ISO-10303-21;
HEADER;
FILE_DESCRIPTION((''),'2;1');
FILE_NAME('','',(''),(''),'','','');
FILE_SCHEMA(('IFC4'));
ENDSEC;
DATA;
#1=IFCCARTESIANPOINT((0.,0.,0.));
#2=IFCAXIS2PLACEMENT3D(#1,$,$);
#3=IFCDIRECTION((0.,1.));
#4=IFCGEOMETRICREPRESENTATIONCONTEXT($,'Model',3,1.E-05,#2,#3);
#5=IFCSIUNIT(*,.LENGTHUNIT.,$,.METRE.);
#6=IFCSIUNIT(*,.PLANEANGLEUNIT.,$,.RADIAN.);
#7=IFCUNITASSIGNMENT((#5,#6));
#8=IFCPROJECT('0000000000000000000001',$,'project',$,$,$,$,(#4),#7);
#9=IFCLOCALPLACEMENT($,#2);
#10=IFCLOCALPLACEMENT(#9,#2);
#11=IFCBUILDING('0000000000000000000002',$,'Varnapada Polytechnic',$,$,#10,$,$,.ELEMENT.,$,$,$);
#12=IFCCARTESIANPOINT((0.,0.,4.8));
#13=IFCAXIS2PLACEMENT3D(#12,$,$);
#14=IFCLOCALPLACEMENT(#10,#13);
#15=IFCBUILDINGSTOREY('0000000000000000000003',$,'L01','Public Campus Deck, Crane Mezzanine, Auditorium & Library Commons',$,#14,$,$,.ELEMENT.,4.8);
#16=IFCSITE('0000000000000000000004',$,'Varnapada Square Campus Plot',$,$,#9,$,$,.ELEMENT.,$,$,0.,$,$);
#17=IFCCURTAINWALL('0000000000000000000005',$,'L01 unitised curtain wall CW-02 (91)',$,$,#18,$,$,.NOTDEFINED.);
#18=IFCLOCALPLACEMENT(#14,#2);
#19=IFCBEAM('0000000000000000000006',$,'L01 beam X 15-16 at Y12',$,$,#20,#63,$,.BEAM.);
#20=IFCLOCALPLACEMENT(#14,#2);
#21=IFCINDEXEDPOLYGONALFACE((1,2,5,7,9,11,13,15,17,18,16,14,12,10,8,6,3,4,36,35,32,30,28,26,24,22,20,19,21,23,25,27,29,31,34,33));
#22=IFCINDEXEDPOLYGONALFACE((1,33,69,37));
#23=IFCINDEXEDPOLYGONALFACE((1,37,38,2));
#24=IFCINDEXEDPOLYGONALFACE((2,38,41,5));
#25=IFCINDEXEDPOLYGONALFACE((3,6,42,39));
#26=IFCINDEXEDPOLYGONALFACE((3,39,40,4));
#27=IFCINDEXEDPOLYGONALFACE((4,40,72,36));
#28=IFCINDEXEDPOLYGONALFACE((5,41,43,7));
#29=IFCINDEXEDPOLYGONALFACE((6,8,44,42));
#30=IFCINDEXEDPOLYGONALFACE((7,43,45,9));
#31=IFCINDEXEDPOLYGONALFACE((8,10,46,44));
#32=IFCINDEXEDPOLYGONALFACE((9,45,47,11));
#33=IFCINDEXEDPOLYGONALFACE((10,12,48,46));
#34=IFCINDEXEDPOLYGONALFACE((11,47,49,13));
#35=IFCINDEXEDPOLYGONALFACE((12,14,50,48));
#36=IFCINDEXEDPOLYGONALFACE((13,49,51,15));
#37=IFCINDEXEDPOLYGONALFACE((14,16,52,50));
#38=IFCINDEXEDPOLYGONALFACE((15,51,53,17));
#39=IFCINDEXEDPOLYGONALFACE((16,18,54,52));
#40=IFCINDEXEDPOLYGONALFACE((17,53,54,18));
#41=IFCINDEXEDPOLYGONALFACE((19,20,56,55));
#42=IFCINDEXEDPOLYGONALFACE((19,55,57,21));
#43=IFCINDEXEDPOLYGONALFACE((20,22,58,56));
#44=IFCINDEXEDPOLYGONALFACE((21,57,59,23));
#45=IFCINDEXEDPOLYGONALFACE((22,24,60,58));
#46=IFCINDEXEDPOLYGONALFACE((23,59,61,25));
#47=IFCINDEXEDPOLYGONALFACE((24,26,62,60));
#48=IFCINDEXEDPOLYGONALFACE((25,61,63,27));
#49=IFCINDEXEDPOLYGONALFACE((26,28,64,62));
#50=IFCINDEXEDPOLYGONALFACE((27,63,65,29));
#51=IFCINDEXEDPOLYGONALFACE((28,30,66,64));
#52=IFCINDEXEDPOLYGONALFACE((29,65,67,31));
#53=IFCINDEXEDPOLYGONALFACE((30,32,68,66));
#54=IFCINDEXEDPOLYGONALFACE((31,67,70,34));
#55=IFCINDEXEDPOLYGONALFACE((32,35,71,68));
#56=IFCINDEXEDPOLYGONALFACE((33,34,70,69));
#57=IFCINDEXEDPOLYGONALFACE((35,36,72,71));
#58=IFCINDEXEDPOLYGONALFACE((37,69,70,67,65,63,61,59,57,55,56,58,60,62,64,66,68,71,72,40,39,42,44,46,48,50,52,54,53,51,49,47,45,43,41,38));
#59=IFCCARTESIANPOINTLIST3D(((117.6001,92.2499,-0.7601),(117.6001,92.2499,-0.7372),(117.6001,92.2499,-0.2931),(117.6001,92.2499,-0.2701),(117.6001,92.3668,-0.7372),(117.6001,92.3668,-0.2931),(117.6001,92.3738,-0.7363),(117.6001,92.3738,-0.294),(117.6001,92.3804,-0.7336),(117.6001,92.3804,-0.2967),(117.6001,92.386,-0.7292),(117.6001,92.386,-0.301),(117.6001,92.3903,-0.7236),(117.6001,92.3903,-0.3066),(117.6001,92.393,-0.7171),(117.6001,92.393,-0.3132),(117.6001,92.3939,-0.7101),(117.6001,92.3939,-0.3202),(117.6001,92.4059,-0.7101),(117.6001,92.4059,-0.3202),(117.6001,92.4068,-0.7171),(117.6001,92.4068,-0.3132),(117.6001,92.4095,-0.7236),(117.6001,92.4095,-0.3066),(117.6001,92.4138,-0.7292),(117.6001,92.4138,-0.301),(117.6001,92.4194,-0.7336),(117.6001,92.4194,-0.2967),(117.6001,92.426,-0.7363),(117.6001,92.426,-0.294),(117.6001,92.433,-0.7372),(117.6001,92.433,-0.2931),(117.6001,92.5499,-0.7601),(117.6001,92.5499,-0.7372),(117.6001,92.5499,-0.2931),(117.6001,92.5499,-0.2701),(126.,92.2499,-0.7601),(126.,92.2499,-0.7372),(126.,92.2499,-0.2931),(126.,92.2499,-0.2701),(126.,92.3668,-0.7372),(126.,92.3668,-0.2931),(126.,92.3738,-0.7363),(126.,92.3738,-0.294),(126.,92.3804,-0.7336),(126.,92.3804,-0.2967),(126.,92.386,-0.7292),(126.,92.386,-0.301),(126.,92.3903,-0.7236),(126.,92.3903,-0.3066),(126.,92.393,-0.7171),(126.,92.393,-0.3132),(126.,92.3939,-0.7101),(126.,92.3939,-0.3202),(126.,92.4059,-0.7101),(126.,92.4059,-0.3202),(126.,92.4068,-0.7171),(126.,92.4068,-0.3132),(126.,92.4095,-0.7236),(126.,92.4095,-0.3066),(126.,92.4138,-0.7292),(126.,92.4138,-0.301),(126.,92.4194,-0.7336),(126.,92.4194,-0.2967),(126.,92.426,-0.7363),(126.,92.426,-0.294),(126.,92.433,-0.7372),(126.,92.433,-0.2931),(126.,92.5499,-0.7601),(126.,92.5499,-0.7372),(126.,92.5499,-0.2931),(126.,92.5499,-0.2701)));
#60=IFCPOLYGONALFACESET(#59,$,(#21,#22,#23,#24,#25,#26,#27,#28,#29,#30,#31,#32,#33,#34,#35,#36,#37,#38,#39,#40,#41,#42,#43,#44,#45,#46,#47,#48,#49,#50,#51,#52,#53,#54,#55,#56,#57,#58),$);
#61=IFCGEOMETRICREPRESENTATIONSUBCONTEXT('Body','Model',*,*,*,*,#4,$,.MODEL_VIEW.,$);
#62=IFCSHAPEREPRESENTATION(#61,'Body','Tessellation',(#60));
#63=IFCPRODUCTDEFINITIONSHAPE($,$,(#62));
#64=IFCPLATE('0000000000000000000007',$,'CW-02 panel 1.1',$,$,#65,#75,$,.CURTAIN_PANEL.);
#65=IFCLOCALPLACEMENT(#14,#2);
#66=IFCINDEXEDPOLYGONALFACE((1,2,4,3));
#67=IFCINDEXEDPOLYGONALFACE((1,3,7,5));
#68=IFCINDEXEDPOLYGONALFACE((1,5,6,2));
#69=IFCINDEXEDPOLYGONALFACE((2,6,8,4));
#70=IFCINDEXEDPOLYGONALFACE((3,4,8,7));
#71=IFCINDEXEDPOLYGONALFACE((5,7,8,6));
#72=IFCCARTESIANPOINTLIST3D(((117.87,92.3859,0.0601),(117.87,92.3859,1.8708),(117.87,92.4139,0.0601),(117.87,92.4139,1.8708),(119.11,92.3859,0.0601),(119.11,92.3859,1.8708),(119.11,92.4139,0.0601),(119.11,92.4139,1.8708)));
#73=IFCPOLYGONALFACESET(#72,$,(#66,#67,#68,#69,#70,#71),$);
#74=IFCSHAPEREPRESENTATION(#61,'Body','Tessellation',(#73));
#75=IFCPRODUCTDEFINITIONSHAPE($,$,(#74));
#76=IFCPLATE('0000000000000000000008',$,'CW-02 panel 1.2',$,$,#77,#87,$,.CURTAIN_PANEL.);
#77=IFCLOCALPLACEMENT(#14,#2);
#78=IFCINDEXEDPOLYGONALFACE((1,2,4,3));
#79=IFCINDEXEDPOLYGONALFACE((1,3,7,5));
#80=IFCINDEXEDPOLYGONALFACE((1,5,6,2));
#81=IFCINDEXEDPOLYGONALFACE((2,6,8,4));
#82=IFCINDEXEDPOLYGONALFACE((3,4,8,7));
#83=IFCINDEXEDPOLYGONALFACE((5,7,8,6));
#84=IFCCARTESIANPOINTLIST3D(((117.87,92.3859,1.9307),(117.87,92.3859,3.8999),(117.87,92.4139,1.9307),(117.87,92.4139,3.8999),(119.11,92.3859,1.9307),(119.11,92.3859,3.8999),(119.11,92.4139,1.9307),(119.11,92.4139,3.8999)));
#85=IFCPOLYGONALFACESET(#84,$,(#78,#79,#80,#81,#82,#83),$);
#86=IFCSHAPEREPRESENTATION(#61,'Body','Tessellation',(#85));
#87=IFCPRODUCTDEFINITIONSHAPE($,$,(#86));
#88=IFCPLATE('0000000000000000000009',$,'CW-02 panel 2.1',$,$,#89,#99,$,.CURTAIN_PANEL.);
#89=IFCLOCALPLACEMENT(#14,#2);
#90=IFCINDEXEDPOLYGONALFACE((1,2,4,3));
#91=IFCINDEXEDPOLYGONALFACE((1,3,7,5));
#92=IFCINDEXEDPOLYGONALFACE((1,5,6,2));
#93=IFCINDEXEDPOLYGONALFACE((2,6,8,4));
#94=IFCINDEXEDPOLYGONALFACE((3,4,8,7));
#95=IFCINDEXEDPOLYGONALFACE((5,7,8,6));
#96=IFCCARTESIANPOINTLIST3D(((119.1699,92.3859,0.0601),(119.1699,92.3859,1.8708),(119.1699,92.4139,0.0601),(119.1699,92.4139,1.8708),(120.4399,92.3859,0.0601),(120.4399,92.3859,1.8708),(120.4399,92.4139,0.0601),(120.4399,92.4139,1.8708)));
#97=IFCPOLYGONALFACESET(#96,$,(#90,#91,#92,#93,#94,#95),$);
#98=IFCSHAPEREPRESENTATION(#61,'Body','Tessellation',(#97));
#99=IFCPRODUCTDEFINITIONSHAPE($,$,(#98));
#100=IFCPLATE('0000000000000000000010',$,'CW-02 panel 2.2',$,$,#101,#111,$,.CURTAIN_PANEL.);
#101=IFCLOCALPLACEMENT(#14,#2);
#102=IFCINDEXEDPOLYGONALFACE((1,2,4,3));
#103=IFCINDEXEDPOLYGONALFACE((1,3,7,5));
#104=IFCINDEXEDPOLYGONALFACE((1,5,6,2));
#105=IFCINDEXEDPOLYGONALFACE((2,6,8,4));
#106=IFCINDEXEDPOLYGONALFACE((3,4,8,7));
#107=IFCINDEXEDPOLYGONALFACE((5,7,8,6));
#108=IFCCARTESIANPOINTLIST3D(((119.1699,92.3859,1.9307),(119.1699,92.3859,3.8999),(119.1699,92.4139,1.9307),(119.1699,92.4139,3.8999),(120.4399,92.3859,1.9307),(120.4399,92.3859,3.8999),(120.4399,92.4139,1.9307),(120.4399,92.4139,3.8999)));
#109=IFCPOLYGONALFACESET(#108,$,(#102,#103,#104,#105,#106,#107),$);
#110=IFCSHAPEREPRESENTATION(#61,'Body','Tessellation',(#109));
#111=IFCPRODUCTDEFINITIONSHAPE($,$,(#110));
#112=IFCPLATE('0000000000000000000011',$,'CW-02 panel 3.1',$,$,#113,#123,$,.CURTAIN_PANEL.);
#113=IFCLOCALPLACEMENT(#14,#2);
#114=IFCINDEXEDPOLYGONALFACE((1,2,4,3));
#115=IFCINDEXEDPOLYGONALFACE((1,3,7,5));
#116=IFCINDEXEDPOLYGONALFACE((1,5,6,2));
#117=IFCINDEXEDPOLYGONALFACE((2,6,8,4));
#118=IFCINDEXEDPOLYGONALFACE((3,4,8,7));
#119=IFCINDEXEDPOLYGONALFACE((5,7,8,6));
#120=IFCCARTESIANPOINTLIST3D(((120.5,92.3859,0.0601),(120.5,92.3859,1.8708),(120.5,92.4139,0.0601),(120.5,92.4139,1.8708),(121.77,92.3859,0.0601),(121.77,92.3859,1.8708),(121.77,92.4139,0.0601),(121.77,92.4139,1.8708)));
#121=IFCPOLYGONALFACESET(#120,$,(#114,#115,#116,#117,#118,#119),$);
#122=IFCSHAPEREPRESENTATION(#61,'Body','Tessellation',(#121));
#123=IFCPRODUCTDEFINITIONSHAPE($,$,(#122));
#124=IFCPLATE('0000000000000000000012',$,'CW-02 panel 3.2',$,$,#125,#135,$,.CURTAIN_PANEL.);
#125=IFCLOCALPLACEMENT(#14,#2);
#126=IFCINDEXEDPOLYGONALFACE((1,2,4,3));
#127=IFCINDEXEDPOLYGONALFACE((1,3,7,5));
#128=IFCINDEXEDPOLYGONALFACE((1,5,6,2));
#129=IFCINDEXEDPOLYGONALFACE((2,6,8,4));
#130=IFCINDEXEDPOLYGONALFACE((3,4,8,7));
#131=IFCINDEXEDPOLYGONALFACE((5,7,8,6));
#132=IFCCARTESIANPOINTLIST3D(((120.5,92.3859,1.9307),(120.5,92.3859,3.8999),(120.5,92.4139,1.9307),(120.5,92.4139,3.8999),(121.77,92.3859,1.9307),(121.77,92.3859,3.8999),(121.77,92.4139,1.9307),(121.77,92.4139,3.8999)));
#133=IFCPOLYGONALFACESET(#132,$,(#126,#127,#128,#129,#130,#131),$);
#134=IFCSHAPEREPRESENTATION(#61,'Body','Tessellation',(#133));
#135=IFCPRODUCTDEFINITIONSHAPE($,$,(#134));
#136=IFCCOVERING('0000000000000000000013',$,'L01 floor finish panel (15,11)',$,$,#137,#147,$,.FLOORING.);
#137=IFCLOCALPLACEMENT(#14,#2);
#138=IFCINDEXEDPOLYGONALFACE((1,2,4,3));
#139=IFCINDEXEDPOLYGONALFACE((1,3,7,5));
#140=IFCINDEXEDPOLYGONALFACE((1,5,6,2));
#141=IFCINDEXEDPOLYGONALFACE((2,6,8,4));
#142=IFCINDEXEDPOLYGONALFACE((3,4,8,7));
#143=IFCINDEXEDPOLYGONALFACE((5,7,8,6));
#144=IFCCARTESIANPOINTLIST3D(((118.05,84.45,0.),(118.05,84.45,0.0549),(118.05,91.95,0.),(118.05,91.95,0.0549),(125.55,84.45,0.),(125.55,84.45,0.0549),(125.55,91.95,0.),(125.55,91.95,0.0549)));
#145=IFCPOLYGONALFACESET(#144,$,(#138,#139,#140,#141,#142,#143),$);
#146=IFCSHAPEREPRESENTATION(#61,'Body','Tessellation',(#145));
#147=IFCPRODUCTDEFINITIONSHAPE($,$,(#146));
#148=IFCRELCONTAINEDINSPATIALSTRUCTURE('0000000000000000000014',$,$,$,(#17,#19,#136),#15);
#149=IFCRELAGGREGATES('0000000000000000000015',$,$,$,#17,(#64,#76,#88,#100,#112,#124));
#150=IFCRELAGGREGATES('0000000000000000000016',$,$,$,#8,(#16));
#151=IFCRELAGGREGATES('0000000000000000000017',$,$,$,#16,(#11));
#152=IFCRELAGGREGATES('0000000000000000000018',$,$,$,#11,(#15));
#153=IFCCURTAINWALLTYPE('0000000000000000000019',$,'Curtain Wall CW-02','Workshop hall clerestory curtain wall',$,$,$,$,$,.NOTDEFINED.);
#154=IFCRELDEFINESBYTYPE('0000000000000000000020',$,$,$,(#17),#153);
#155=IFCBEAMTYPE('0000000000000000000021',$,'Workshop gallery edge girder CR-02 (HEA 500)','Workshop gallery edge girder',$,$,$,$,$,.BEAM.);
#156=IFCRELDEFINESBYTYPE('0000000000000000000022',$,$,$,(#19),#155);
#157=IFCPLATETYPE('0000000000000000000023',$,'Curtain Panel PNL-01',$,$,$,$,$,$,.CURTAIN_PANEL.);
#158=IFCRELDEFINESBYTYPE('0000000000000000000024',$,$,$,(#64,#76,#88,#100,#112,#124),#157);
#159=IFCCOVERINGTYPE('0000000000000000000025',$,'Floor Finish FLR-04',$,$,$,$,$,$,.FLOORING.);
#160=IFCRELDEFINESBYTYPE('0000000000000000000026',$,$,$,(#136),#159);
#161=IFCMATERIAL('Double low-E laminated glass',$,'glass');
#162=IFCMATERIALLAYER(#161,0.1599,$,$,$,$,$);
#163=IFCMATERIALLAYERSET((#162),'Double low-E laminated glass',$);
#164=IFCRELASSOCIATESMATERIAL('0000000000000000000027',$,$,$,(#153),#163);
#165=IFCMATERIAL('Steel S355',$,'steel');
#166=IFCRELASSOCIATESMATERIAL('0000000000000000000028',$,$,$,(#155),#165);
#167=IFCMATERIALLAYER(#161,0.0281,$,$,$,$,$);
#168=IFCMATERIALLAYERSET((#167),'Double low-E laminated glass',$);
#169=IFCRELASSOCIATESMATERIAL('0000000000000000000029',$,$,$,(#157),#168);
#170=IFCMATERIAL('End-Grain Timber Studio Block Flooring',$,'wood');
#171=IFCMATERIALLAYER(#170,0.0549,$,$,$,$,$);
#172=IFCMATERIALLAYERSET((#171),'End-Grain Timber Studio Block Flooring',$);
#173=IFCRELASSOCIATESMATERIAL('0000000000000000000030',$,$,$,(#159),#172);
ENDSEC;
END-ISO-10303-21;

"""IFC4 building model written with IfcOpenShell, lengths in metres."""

from ifc_helpers import new_model, si_unit, direction, frame, origin, origin_2d, place, context, subcontext, project, spatial, rectangle, i_section, extrude, material, layer, layer_set, material_profile, profile_set, type_object, element, aggregate, save


model = new_model("IFC4")

# Units and contexts
model_context = context("Model", 3, precision=1e-05, world=origin(), true_north=direction((0.0, 1.0)))
body_context = subcontext(model_context, "Body", "Model", "MODEL_VIEW")
ifc_project = project(units=[si_unit("LENGTHUNIT", "METRE"), si_unit("PLANEANGLEUNIT", "RADIAN")], contexts=[model_context])

# Site, building, storey
site_placement = place(None, origin())
site = spatial("IfcSite", under=ifc_project, at=site_placement, Name="Varnapada Square Campus Plot", CompositionType="ELEMENT", RefElevation=0.0)
building_placement = place(site_placement, origin())
building = spatial("IfcBuilding", under=site, at=building_placement, Name="Varnapada Polytechnic", CompositionType="ELEMENT")
storey_placement = place(building_placement, frame((0.0, 0.0, 4.8)))
storey = spatial("IfcBuildingStorey", under=building, at=storey_placement, Name="L01", Description="Public Campus Deck, Crane Mezzanine, Auditorium & Library Commons", CompositionType="ELEMENT", Elevation=4.8)

# Shared definitions
ifc_material_1 = material(Name="Steel S355", Category="steel")

# Curtain wall
ifc_material_2 = material(Name="Double low-E laminated glass", Category="glass")
ifc_layer_1 = layer(ifc_material_2, 0.1599)
ifc_layer_set_1 = layer_set([ifc_layer_1], Name="Double low-E laminated glass")
curtain_wall_type = type_object("IfcCurtainWallType", Name="Curtain Wall CW-02", Description="Workshop hall clerestory curtain wall", PredefinedType="NOTDEFINED", material=ifc_layer_set_1)
curtain_wall_placement = place(storey_placement, origin())
curtain_wall = element("IfcCurtainWall", 1, at=curtain_wall_placement, inside=storey, type_object=curtain_wall_type, Name="L01 unitised curtain wall CW-02 (91)", PredefinedType="NOTDEFINED")

# Beam
ifc_material_profile_1 = material_profile(ifc_material_1, i_section(OverallWidth=0.3, OverallDepth=0.49, WebThickness=0.012, FlangeThickness=0.0229, FilletRadius=0.0271, at=origin_2d()), Name="HEA 500")
ifc_profile_set_1 = profile_set([ifc_material_profile_1], Name="Steel S355")
beam_type_1 = type_object("IfcBeamType", Name="Workshop gallery edge girder CR-02 (HEA 500)", Description="Workshop gallery edge girder", PredefinedType="BEAM", material=ifc_profile_set_1)
beam_1_placement = place(storey_placement, frame((117.6001, 92.3999, -0.5151), z_axis=(1.0, 0.0, 0.0), x_axis=(0.0, 1.0, 0.0)))
element("IfcBeam", 2, at=beam_1_placement, inside=storey, type_object=beam_type_1, Name="L01 beam X 15-16 at Y12", PredefinedType="BEAM", context=body_context, shape_type="SweptSolid", body=[
    extrude(i_section(OverallWidth=0.3, OverallDepth=0.49, WebThickness=0.012, FlangeThickness=0.0229, FilletRadius=0.0271, at=origin_2d()), origin(), (0.0, 0.0, 1.0), 8.3999),
])

# Plates
ifc_layer_2 = layer(ifc_material_2, 0.0281)
ifc_layer_set_2 = layer_set([ifc_layer_2], Name="Double low-E laminated glass")
plate_type = type_object("IfcPlateType", Name="Curtain Panel PNL-01", PredefinedType="CURTAIN_PANEL", material=ifc_layer_set_2)
plate_1_placement = place(storey_placement, frame((118.49, 92.3999, 0.0601), z_axis=(0.0, 0.0, 1.0), x_axis=(1.0, 0.0, 0.0)))
plate_1 = element("IfcPlate", 3, at=plate_1_placement, type_object=plate_type, Name="CW-02 panel 1.1", PredefinedType="CURTAIN_PANEL", context=body_context, shape_type="SweptSolid", body=[
    extrude(rectangle(XDim=1.24, YDim=0.0281, at=origin_2d()), origin(), (0.0, 0.0, 1.0), 1.8108),
])
plate_2_placement = place(storey_placement, frame((118.49, 92.3999, 1.9307), z_axis=(0.0, 0.0, 1.0), x_axis=(1.0, 0.0, 0.0)))
plate_2 = element("IfcPlate", 4, at=plate_2_placement, type_object=plate_type, Name="CW-02 panel 1.2", PredefinedType="CURTAIN_PANEL", context=body_context, shape_type="SweptSolid", body=[
    extrude(rectangle(XDim=1.24, YDim=0.0281, at=origin_2d()), origin(), (0.0, 0.0, 1.0), 1.9692),
])
plate_3_placement = place(storey_placement, frame((119.8049, 92.3999, 0.0601), z_axis=(0.0, 0.0, 1.0), x_axis=(1.0, 0.0, 0.0)))
plate_3 = element("IfcPlate", 5, at=plate_3_placement, type_object=plate_type, Name="CW-02 panel 2.1", PredefinedType="CURTAIN_PANEL", context=body_context, shape_type="SweptSolid", body=[
    extrude(rectangle(XDim=1.27, YDim=0.0281, at=origin_2d()), origin(), (0.0, 0.0, 1.0), 1.8108),
])
plate_4_placement = place(storey_placement, frame((119.8049, 92.3999, 1.9307), z_axis=(0.0, 0.0, 1.0), x_axis=(1.0, 0.0, 0.0)))
plate_4 = element("IfcPlate", 6, at=plate_4_placement, type_object=plate_type, Name="CW-02 panel 2.2", PredefinedType="CURTAIN_PANEL", context=body_context, shape_type="SweptSolid", body=[
    extrude(rectangle(XDim=1.27, YDim=0.0281, at=origin_2d()), origin(), (0.0, 0.0, 1.0), 1.9692),
])
plate_5_placement = place(storey_placement, frame((121.135, 92.3999, 0.0601), z_axis=(0.0, 0.0, 1.0), x_axis=(1.0, 0.0, 0.0)))
plate_5 = element("IfcPlate", 7, at=plate_5_placement, type_object=plate_type, Name="CW-02 panel 3.1", PredefinedType="CURTAIN_PANEL", context=body_context, shape_type="SweptSolid", body=[
    extrude(rectangle(XDim=1.27, YDim=0.0281, at=origin_2d()), origin(), (0.0, 0.0, 1.0), 1.8108),
])
plate_6_placement = place(storey_placement, frame((121.135, 92.3999, 1.9307), z_axis=(0.0, 0.0, 1.0), x_axis=(1.0, 0.0, 0.0)))
plate_6 = element("IfcPlate", 8, at=plate_6_placement, type_object=plate_type, Name="CW-02 panel 3.2", PredefinedType="CURTAIN_PANEL", context=body_context, shape_type="SweptSolid", body=[
    extrude(rectangle(XDim=1.27, YDim=0.0281, at=origin_2d()), origin(), (0.0, 0.0, 1.0), 1.9692),
])
aggregate(curtain_wall, [plate_1, plate_2, plate_3, plate_4, plate_5, plate_6])

# Covering
ifc_material_3 = material(Name="End-Grain Timber Studio Block Flooring", Category="wood")
ifc_layer_3 = layer(ifc_material_3, 0.0549)
ifc_layer_set_3 = layer_set([ifc_layer_3], Name="End-Grain Timber Studio Block Flooring")
covering_type = type_object("IfcCoveringType", Name="Floor Finish FLR-04", PredefinedType="FLOORING", material=ifc_layer_set_3)
covering_placement = place(storey_placement, frame((121.8, 88.2, 0.0), z_axis=(0.0, 0.0, 1.0), x_axis=(1.0, 0.0, 0.0)))
element("IfcCovering", 9, at=covering_placement, inside=storey, type_object=covering_type, Name="L01 floor finish panel (15,11)", PredefinedType="FLOORING", context=body_context, shape_type="SweptSolid", body=[
    extrude(rectangle(XDim=7.5, YDim=7.5, at=origin_2d()), origin(), (0.0, 0.0, 1.0), 0.0549),
])

save(model, "model.ifc")
